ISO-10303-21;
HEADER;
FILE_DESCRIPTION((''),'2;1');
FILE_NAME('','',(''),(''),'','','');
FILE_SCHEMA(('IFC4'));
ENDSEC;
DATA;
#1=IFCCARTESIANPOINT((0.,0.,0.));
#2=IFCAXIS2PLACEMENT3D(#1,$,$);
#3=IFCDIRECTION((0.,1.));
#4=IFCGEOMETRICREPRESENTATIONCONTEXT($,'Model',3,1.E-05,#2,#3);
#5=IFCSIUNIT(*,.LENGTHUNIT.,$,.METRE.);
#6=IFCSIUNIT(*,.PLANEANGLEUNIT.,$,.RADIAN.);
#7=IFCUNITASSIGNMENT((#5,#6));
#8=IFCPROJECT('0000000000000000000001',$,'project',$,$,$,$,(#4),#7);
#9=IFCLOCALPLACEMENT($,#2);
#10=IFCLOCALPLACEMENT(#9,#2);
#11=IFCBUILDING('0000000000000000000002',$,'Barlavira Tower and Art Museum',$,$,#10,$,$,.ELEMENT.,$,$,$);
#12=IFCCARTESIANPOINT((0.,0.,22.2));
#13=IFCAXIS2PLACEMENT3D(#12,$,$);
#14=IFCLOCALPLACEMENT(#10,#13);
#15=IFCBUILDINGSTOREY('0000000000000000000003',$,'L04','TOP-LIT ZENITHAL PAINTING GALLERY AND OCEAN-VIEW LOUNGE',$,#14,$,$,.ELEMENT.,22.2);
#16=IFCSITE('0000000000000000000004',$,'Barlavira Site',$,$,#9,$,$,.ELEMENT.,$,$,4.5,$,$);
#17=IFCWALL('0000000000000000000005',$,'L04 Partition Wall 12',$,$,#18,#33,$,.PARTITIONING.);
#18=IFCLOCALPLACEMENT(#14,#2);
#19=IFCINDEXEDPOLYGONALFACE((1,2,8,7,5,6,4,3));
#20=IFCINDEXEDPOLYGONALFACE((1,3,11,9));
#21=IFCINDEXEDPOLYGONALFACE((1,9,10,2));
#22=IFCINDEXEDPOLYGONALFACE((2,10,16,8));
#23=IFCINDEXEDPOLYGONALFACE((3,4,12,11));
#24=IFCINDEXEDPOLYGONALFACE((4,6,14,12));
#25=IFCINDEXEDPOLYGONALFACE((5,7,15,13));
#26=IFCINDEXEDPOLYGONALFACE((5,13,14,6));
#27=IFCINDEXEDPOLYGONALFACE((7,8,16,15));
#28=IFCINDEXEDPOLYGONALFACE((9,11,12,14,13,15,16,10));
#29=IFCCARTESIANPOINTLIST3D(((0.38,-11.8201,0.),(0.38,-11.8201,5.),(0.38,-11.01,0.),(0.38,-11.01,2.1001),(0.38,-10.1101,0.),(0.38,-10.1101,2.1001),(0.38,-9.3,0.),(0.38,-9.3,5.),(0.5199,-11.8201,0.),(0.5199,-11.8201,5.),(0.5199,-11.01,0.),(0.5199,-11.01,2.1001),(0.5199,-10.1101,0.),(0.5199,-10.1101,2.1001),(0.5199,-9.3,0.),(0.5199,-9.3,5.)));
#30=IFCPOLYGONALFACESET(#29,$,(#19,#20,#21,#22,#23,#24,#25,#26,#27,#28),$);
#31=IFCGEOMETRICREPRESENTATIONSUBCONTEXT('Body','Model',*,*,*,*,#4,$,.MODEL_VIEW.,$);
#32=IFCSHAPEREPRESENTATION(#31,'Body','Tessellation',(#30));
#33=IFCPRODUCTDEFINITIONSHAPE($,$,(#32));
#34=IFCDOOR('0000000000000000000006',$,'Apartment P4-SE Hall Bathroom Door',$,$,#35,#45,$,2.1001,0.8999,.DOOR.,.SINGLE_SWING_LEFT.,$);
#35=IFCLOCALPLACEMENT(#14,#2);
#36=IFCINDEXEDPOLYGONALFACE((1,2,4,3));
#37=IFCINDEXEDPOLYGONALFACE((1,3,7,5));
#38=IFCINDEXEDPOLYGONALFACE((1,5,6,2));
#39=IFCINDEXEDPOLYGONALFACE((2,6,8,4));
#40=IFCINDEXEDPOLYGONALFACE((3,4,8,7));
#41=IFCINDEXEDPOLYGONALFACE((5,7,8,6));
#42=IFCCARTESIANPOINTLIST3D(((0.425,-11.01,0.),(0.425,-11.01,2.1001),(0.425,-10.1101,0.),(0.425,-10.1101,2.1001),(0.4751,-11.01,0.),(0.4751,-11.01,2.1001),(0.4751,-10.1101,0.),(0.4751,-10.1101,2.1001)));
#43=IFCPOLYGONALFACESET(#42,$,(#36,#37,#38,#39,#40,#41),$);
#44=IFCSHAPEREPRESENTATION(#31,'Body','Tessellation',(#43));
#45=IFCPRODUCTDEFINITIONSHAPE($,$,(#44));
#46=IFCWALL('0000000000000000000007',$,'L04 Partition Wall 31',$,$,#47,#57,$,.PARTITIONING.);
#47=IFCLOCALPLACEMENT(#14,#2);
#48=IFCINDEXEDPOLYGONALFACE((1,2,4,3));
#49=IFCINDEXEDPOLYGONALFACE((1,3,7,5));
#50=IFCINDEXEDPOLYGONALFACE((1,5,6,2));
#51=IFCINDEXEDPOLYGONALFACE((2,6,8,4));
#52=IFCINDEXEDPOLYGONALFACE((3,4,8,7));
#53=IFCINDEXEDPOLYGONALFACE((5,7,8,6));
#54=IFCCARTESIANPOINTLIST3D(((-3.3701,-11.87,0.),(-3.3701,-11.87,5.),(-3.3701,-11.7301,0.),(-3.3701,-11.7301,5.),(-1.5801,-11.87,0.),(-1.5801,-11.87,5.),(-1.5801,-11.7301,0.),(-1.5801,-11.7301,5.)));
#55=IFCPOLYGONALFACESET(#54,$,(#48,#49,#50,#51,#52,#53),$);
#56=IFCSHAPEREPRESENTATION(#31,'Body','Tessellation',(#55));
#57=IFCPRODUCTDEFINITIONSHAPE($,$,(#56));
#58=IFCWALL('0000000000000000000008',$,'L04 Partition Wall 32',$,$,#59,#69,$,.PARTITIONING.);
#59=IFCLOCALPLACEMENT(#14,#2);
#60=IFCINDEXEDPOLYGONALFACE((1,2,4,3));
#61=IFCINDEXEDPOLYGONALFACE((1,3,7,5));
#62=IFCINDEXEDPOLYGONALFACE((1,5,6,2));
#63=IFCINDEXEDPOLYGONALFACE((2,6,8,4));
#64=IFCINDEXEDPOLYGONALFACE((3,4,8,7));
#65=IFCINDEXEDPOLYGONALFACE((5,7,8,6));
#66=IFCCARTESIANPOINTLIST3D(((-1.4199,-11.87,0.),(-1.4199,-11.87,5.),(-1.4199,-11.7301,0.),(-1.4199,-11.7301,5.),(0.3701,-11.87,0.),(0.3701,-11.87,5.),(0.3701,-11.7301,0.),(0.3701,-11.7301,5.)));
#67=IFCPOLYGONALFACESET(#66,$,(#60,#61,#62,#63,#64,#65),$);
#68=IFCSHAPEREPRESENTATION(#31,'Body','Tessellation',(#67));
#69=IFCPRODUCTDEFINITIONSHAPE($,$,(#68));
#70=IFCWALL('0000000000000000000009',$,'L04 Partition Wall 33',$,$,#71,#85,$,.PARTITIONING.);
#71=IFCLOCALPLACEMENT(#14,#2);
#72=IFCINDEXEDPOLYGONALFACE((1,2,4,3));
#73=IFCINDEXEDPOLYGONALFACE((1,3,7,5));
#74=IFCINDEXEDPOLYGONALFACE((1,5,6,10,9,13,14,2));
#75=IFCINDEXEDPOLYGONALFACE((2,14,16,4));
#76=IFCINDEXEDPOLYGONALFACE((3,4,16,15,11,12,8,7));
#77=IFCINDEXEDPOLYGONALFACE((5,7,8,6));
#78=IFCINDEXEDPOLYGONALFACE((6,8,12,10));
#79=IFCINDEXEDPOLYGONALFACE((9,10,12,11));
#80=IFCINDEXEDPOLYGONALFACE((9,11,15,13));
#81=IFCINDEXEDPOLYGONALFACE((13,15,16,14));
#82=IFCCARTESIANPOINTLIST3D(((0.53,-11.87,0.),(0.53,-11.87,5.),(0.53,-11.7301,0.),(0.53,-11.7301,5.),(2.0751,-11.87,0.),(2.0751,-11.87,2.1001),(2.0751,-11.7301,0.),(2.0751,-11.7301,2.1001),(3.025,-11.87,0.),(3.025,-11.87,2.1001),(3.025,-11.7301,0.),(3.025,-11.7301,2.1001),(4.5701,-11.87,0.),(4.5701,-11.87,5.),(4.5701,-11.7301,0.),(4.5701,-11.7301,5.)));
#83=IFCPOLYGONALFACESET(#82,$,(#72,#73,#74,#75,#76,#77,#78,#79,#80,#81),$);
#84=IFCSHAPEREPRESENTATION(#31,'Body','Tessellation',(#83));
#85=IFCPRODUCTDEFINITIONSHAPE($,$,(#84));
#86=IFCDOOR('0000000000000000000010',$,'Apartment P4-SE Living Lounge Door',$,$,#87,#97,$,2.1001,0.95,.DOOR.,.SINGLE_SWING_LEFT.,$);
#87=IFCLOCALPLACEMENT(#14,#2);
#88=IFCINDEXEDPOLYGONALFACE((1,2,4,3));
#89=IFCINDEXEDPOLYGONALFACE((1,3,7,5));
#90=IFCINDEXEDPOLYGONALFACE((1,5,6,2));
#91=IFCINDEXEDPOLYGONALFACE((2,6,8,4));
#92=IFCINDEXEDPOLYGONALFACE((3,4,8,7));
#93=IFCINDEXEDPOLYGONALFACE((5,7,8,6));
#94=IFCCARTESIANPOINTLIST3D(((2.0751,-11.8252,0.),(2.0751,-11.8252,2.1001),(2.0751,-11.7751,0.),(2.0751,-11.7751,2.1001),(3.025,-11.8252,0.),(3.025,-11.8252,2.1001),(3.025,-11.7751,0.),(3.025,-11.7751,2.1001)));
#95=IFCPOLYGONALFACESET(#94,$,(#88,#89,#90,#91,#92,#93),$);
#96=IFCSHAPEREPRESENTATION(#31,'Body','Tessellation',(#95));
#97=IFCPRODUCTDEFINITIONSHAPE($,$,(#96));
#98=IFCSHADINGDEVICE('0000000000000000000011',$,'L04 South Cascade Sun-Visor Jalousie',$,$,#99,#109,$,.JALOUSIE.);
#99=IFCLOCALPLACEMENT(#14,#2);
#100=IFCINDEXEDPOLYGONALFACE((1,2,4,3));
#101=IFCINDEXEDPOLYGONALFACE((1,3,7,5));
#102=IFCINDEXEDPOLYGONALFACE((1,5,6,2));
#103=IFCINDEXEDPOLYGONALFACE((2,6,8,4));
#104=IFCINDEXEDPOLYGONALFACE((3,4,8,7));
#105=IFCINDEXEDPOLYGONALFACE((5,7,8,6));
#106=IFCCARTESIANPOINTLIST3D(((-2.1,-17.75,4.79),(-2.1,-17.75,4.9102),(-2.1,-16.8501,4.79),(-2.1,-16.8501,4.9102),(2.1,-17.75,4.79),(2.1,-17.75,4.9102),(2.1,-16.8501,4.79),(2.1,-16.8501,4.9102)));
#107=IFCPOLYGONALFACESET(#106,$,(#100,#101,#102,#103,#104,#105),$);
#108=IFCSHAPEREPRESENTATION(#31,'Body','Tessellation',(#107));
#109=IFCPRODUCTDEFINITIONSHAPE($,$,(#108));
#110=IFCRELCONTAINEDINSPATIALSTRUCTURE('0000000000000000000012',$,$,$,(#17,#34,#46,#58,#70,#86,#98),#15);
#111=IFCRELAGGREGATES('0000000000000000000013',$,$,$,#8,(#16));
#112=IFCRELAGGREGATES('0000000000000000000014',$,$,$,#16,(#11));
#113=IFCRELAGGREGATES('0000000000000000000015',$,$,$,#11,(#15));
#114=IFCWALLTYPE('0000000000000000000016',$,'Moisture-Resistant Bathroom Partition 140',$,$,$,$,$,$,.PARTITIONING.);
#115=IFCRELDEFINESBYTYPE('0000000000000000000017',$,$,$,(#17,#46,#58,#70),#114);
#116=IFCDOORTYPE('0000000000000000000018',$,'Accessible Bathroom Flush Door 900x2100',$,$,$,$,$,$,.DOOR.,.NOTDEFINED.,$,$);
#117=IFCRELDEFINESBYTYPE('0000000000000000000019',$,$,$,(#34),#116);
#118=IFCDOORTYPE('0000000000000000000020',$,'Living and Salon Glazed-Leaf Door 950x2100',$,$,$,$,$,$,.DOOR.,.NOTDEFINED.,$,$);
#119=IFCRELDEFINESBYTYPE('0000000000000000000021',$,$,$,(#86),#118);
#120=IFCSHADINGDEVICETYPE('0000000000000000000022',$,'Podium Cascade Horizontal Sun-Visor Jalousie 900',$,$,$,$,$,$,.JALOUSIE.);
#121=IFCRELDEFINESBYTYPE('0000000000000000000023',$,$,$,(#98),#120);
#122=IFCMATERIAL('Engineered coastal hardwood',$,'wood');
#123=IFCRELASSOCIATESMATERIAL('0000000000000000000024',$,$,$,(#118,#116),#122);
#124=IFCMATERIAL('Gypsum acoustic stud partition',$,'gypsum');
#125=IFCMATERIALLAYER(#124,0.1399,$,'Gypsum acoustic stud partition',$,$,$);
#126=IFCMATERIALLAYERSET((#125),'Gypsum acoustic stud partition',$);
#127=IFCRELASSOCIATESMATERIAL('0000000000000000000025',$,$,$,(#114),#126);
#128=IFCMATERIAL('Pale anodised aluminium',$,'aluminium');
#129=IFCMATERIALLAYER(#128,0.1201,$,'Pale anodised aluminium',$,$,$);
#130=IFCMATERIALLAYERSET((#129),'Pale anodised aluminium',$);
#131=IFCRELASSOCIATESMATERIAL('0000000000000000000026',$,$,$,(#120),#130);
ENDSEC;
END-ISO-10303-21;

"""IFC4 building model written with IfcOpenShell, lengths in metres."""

from ifc_helpers import new_model, si_unit, direction, frame, frame_2d, origin, origin_2d, place, context, subcontext, project, spatial, rectangle, extrude, material, layer, layer_set, type_object, element, fill, save


model = new_model("IFC4")

# Units and contexts
model_context = context("Model", 3, precision=1e-05, world=origin(), true_north=direction((0.0, 1.0)))
body_context = subcontext(model_context, "Body", "Model", "MODEL_VIEW")
ifc_project = project(units=[si_unit("LENGTHUNIT", "METRE"), si_unit("PLANEANGLEUNIT", "RADIAN")], contexts=[model_context])

# Site, building, storey
site_placement = place(None, origin())
site = spatial("IfcSite", under=ifc_project, at=site_placement, Name="Barlavira Site", CompositionType="ELEMENT", RefElevation=4.5)
building_placement = place(site_placement, origin())
building = spatial("IfcBuilding", under=site, at=building_placement, Name="Barlavira Tower and Art Museum", CompositionType="ELEMENT")
storey_placement = place(building_placement, frame((0.0, 0.0, 22.2)))
storey = spatial("IfcBuildingStorey", under=building, at=storey_placement, Name="L04", Description="TOP-LIT ZENITHAL PAINTING GALLERY AND OCEAN-VIEW LOUNGE", CompositionType="ELEMENT", Elevation=22.2)

# Shared definitions
ifc_material_1 = material(Name="Pale anodised aluminium", Category="aluminium")

# Shared definitions
ifc_material_2 = material(Name="Gypsum acoustic stud partition", Category="gypsum")
ifc_material_3 = material(Name="Engineered coastal hardwood", Category="wood")
door_type_1 = type_object("IfcDoorType", Name="Living and Salon Glazed-Leaf Door 950x2100", OperationType="NOTDEFINED", PredefinedType="DOOR", material=ifc_material_3)

# Wall, opening, door
ifc_layer_1 = layer(ifc_material_2, 0.1399, Name="Gypsum acoustic stud partition")
ifc_layer_set_1 = layer_set([ifc_layer_1], Name="Gypsum acoustic stud partition")
wall_type_1 = type_object("IfcWallType", Name="Moisture-Resistant Bathroom Partition 140", PredefinedType="PARTITIONING", material=ifc_layer_set_1)
door_type_2 = type_object("IfcDoorType", Name="Accessible Bathroom Flush Door 900x2100", OperationType="NOTDEFINED", PredefinedType="DOOR", material=ifc_material_3)
wall_1_placement = place(storey_placement, frame((0.45, -11.8201, 0.0), z_axis=(0.0, 0.0, 1.0), x_axis=(0.0, 1.0, 0.0)))
wall_1 = element("IfcWall", 1, at=wall_1_placement, inside=storey, type_object=wall_type_1, Name="L04 Partition Wall 12", PredefinedType="PARTITIONING", context=body_context, shape_type="SweptSolid", body=[
    extrude(rectangle(XDim=2.52, YDim=0.1399, at=frame_2d((1.26, 0.0))), origin(), (0.0, 0.0, 1.0), 5.0),
])
opening_1_placement = place(wall_1_placement, frame((0.8101, 0.0, 0.0)))
opening_1 = element("IfcOpeningElement", 2, at=opening_1_placement, cuts=wall_1, PredefinedType="OPENING", context=body_context, shape_type="SweptSolid", body=[
    extrude(rectangle(XDim=0.8999, YDim=2.1001, at=frame_2d((0.45, 1.05))), frame((0.0, 0.0801, 0.0), z_axis=(0.0, -1.0, 0.0), x_axis=(1.0, 0.0, 0.0)), (0.0, 0.0, 1.0), 0.1599),
])
door_1_placement = place(opening_1_placement, origin())
door_1 = element("IfcDoor", 3, at=door_1_placement, inside=storey, type_object=door_type_2, Name="Apartment P4-SE Hall Bathroom Door", OperationType="SINGLE_SWING_LEFT", OverallHeight=2.1001, OverallWidth=0.8999, PredefinedType="DOOR", context=body_context, shape_type="SweptSolid", body=[
    extrude(rectangle(XDim=0.8999, YDim=2.1001, at=frame_2d((0.45, 1.05))), frame((0.0, 0.0249, 0.0), z_axis=(0.0, -1.0, 0.0), x_axis=(1.0, 0.0, 0.0)), (0.0, 0.0, 1.0), 0.05),
])
fill(opening_1, door_1)

# Walls
for number, where, z_axis, x_axis, name in (
    (4, (-3.3701, -11.8, 0.0), (0.0, 0.0, 1.0), (1.0, 0.0, 0.0), "L04 Partition Wall 31"),
    (5, (-1.4199, -11.8, 0.0), (0.0, 0.0, 1.0), (1.0, 0.0, 0.0), "L04 Partition Wall 32"),
):
    element("IfcWall", number, at=place(storey_placement, frame(where, z_axis=z_axis, x_axis=x_axis)), inside=storey, type_object=wall_type_1, Name=name, PredefinedType="PARTITIONING", context=body_context, shape_type="SweptSolid", body=[
        extrude(rectangle(XDim=1.79, YDim=0.1399, at=frame_2d((0.895, 0.0))), origin(), (0.0, 0.0, 1.0), 5.0),
    ])

# Wall, opening, door
wall_2_placement = place(storey_placement, frame((0.53, -11.8, 0.0), z_axis=(0.0, 0.0, 1.0), x_axis=(1.0, 0.0, 0.0)))
wall_2 = element("IfcWall", 6, at=wall_2_placement, inside=storey, type_object=wall_type_1, Name="L04 Partition Wall 33", PredefinedType="PARTITIONING", context=body_context, shape_type="SweptSolid", body=[
    extrude(rectangle(XDim=4.04, YDim=0.1399, at=frame_2d((2.02, 0.0))), origin(), (0.0, 0.0, 1.0), 5.0),
])
opening_2_placement = place(wall_2_placement, frame((1.5449, 0.0, 0.0)))
opening_2 = element("IfcOpeningElement", 7, at=opening_2_placement, cuts=wall_2, PredefinedType="OPENING", context=body_context, shape_type="SweptSolid", body=[
    extrude(rectangle(XDim=0.95, YDim=2.1001, at=frame_2d((0.4751, 1.05))), frame((0.0, 0.0801, 0.0), z_axis=(0.0, -1.0, 0.0), x_axis=(1.0, 0.0, 0.0)), (0.0, 0.0, 1.0), 0.1599),
])
door_2_placement = place(opening_2_placement, origin())
door_2 = element("IfcDoor", 8, at=door_2_placement, inside=storey, type_object=door_type_1, Name="Apartment P4-SE Living Lounge Door", OperationType="SINGLE_SWING_LEFT", OverallHeight=2.1001, OverallWidth=0.95, PredefinedType="DOOR", context=body_context, shape_type="SweptSolid", body=[
    extrude(rectangle(XDim=0.95, YDim=2.1001, at=frame_2d((0.4751, 1.05))), frame((0.0, 0.0249, 0.0), z_axis=(0.0, -1.0, 0.0), x_axis=(1.0, 0.0, 0.0)), (0.0, 0.0, 1.0), 0.05),
])
fill(opening_2, door_2)

# Shading device
ifc_layer_2 = layer(ifc_material_1, 0.1201, Name="Pale anodised aluminium")
ifc_layer_set_2 = layer_set([ifc_layer_2], Name="Pale anodised aluminium")
shading_device_type = type_object("IfcShadingDeviceType", Name="Podium Cascade Horizontal Sun-Visor Jalousie 900", PredefinedType="JALOUSIE", material=ifc_layer_set_2)
shading_device_placement = place(storey_placement, frame((0.0, -17.3, 4.79), z_axis=(0.0, 0.0, 1.0), x_axis=(1.0, 0.0, 0.0)))
element("IfcShadingDevice", 9, at=shading_device_placement, inside=storey, type_object=shading_device_type, Name="L04 South Cascade Sun-Visor Jalousie", PredefinedType="JALOUSIE", context=body_context, shape_type="SweptSolid", body=[
    extrude(rectangle(XDim=4.2, YDim=0.8999, at=origin_2d()), origin(), (0.0, 0.0, 1.0), 0.1201),
])

save(model, "model.ifc")
